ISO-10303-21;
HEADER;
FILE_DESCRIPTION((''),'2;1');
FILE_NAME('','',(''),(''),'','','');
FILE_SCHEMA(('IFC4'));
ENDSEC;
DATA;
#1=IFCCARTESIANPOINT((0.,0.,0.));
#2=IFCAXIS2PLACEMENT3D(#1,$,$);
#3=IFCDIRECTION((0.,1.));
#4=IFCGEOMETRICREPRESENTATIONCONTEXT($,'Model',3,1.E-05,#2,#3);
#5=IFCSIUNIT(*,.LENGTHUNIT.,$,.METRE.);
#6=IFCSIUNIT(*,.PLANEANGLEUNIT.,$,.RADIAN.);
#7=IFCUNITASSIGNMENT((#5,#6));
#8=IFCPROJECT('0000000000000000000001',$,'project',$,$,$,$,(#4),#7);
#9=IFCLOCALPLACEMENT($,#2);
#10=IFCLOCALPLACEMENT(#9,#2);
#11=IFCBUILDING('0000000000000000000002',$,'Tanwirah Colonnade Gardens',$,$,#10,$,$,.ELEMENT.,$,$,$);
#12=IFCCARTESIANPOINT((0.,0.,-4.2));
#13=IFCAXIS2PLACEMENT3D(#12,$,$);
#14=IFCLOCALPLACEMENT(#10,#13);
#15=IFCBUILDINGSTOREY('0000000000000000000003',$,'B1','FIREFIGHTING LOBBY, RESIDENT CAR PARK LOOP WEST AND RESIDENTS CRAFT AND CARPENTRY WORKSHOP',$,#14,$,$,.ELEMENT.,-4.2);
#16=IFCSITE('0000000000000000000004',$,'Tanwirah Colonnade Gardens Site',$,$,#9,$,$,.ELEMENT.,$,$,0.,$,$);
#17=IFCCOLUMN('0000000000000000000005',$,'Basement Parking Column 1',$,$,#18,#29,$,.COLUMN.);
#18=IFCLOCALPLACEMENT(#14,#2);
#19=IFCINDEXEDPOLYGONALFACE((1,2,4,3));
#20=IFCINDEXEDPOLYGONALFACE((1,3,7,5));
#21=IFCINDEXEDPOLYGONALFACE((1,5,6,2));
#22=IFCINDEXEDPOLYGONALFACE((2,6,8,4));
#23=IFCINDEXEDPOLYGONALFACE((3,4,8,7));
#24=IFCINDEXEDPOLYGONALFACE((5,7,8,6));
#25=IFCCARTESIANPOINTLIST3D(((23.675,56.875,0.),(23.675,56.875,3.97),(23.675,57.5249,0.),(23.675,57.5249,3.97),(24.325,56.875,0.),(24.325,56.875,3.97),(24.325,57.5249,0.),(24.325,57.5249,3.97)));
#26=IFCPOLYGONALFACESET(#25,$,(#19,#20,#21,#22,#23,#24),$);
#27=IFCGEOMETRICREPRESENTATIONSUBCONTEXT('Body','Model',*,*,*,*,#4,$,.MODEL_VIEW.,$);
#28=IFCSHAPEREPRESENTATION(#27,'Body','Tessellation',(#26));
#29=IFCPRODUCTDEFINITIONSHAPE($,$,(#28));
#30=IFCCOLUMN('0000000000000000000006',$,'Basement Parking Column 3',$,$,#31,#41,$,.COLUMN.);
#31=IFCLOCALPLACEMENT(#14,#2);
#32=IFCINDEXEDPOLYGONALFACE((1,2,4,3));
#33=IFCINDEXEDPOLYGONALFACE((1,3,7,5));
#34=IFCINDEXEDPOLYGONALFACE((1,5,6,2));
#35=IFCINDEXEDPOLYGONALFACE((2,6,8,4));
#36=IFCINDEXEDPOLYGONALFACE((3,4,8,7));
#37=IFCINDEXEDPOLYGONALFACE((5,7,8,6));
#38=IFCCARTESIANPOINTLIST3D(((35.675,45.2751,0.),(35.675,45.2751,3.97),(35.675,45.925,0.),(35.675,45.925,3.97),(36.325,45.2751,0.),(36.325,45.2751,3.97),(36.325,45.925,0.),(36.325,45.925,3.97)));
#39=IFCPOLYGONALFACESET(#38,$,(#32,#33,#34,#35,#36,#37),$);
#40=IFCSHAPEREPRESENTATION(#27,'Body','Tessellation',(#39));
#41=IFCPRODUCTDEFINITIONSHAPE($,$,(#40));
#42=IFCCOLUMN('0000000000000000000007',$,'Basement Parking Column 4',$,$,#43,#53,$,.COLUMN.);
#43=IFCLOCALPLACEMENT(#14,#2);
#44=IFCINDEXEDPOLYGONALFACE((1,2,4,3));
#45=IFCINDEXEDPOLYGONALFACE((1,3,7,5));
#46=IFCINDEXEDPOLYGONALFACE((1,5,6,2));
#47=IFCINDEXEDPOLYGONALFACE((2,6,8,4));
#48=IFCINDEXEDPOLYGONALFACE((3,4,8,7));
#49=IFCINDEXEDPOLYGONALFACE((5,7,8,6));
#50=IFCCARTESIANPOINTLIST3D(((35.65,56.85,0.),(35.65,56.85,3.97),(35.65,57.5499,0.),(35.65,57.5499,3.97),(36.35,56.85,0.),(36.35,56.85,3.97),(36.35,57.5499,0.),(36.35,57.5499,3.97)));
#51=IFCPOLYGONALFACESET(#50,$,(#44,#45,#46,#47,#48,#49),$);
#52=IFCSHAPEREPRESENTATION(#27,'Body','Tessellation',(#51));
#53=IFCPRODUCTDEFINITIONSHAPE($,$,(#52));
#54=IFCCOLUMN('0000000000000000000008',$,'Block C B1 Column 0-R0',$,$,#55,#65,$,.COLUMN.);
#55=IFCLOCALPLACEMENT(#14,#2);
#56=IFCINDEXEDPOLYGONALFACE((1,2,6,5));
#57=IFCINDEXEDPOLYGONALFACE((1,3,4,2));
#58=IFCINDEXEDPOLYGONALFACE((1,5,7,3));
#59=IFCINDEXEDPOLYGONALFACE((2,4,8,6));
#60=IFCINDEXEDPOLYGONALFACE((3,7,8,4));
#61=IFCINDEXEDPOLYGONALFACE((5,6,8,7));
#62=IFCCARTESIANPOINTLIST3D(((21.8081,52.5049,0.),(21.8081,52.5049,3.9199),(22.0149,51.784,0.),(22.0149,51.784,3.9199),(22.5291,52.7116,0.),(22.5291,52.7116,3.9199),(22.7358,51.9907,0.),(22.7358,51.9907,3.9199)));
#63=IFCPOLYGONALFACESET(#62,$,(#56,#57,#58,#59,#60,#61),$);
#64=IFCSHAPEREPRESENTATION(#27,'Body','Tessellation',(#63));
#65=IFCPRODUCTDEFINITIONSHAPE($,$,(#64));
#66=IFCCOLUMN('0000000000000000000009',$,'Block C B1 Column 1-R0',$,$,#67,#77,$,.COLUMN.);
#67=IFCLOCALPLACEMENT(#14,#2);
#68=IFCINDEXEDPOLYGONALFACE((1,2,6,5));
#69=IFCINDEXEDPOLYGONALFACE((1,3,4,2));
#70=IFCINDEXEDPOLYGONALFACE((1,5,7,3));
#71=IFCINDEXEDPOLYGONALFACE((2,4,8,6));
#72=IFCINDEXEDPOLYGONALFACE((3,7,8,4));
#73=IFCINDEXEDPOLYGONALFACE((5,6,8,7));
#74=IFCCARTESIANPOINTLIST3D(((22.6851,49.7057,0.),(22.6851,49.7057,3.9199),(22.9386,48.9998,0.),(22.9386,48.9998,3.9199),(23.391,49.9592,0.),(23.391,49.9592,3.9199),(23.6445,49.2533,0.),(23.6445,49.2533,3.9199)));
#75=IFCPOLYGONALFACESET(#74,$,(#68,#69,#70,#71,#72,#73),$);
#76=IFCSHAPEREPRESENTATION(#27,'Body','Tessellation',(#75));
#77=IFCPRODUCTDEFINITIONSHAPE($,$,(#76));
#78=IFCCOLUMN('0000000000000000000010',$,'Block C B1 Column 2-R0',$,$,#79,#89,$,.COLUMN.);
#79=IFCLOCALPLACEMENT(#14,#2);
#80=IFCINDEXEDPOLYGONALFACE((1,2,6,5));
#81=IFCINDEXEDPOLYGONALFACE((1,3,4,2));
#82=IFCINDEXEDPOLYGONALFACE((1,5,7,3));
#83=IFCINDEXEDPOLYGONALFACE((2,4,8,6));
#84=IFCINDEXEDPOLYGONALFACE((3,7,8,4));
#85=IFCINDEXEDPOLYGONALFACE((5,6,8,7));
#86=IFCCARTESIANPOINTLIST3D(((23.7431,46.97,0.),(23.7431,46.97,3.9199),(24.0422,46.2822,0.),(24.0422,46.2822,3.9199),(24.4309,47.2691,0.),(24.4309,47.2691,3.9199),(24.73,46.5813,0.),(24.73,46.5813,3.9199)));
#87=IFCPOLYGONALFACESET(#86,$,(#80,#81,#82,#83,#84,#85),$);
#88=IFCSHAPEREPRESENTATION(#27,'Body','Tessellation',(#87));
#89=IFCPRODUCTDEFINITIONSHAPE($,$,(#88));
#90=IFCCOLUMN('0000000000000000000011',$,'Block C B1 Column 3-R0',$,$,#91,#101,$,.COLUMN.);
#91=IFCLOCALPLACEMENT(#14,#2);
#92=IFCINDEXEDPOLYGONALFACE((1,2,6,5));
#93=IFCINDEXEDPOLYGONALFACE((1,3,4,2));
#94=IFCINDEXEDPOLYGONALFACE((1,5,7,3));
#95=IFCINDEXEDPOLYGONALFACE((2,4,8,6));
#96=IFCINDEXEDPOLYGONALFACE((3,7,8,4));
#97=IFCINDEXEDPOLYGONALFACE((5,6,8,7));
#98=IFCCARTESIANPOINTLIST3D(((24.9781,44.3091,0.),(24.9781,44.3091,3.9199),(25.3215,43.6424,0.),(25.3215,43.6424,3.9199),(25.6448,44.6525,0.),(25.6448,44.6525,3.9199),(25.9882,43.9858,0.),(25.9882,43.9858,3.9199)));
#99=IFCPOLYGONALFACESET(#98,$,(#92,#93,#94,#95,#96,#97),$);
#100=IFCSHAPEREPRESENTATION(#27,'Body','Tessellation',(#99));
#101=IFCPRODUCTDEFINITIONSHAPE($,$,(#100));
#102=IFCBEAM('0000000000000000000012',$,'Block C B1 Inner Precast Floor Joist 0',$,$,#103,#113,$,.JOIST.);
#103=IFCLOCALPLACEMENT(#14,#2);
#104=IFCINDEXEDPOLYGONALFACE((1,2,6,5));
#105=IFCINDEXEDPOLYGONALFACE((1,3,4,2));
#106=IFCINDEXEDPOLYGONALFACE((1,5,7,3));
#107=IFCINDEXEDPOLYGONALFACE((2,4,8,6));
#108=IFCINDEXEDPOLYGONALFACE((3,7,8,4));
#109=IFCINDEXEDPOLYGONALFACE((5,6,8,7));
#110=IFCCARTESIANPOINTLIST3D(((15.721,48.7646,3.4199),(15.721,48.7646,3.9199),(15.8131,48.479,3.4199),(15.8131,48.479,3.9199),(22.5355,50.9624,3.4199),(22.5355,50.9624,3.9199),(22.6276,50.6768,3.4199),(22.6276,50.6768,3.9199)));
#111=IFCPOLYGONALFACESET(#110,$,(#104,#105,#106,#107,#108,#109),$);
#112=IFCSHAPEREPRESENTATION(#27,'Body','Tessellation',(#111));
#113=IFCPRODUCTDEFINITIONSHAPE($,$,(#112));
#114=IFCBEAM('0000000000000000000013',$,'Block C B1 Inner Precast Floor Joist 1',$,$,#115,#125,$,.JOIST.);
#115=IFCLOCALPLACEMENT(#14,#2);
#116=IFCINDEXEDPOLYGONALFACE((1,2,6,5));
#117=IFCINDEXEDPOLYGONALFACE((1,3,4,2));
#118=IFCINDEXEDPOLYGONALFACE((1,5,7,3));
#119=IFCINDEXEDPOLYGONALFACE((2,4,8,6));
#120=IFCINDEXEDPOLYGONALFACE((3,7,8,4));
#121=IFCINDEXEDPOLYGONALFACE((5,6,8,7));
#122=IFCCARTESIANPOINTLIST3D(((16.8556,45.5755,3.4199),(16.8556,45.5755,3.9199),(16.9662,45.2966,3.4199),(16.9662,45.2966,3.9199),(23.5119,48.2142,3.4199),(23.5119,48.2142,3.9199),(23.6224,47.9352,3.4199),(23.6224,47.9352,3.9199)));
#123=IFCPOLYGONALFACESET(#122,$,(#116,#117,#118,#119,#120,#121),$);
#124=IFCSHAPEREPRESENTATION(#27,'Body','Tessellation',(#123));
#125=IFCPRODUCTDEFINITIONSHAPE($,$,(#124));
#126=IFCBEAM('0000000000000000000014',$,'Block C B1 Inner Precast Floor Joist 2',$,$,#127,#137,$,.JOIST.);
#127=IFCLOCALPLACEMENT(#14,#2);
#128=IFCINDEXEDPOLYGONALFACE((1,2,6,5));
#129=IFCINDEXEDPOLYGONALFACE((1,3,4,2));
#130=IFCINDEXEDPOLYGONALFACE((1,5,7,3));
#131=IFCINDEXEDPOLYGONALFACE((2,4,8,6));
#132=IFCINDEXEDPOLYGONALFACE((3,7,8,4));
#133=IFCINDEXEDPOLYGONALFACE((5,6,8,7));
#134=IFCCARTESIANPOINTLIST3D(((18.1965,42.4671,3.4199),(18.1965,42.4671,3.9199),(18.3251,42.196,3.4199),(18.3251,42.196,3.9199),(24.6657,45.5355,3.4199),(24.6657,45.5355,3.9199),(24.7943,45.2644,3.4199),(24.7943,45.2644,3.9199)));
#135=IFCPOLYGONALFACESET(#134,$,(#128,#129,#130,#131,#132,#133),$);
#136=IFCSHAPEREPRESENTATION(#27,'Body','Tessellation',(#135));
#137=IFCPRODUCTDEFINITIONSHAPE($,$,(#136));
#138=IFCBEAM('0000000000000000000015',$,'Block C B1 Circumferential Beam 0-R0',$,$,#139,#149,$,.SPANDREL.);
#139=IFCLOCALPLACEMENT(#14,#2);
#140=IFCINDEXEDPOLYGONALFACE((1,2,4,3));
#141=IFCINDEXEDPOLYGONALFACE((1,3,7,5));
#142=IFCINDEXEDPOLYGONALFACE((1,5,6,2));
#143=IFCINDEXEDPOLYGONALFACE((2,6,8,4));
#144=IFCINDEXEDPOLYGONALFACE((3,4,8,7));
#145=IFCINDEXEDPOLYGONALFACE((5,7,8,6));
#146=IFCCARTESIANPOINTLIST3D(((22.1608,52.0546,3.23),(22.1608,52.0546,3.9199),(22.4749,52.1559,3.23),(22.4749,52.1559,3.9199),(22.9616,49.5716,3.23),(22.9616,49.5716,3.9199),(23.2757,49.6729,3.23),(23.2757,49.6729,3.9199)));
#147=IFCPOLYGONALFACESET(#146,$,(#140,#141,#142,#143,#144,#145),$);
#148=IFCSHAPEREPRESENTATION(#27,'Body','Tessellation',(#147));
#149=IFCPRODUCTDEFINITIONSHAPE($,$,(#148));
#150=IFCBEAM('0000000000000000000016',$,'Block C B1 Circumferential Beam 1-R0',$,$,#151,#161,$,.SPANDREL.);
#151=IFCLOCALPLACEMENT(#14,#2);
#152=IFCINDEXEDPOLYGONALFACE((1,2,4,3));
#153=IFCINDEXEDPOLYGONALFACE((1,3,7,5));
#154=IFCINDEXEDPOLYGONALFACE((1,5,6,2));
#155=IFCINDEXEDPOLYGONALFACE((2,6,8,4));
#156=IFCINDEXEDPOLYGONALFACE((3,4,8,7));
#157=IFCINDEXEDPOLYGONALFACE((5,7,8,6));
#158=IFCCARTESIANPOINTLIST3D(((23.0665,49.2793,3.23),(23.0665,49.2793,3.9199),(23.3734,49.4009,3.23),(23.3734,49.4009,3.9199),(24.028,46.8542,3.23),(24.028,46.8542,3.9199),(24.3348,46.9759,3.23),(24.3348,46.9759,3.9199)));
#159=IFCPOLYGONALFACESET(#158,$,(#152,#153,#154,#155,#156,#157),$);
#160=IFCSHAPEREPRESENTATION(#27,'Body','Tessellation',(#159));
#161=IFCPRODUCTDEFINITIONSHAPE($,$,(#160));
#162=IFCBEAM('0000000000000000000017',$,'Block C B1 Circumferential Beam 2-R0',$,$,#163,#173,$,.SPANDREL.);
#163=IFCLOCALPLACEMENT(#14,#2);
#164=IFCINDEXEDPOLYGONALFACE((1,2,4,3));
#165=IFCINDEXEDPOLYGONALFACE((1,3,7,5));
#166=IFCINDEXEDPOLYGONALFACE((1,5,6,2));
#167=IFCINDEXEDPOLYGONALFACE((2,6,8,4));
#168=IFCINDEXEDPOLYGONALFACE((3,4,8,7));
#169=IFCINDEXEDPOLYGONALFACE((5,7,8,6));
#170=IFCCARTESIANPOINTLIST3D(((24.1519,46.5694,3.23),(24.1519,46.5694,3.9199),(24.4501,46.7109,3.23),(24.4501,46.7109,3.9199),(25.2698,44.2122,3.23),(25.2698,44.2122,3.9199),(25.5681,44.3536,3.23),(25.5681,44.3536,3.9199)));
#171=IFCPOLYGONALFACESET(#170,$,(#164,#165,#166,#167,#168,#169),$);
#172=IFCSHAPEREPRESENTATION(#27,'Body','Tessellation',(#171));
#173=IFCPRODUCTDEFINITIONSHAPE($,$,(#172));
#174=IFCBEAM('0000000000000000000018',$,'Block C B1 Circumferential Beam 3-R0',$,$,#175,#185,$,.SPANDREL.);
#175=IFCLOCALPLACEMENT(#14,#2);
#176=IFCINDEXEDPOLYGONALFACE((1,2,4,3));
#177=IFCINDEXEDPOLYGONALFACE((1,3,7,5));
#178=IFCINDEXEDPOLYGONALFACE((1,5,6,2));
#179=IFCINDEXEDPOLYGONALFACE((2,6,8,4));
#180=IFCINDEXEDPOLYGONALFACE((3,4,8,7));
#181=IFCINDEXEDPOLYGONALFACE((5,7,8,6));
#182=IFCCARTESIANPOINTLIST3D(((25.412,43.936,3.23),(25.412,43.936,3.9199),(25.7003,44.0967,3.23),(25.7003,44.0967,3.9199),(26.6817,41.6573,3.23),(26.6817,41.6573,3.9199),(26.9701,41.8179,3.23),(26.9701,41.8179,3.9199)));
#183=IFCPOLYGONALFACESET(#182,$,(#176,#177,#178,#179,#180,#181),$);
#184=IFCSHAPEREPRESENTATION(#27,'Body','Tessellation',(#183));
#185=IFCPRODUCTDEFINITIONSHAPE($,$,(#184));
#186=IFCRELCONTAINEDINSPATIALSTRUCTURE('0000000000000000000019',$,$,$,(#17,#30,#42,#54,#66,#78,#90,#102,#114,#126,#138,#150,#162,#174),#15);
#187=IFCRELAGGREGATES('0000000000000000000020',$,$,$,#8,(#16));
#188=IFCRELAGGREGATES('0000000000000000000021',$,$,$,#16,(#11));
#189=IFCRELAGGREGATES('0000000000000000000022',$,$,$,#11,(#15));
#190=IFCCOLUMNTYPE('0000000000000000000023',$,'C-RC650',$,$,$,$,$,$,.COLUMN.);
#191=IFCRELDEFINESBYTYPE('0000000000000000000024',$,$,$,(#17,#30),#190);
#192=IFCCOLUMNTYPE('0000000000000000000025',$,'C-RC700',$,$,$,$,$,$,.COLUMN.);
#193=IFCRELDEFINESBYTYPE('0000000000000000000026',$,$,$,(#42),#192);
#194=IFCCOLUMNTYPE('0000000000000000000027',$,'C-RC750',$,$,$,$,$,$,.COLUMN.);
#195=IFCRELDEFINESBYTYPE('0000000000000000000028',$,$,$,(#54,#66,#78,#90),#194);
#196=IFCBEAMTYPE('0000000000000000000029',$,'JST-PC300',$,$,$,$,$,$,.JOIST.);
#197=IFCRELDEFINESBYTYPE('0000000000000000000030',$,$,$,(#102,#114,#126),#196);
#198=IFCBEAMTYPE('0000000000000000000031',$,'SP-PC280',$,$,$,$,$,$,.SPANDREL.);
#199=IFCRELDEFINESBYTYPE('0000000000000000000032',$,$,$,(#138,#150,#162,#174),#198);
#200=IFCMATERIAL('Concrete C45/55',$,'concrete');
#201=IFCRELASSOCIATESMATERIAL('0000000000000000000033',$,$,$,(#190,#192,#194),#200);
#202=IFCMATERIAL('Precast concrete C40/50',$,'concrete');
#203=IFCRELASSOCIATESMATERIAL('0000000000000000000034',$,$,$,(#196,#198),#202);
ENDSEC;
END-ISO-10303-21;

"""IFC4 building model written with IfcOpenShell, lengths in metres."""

from ifc_helpers import new_model, si_unit, direction, frame, origin, origin_2d, place, context, subcontext, project, spatial, rectangle, extrude, material, material_profile, profile_set, type_object, element, save


model = new_model("IFC4")

# Units and contexts
model_context = context("Model", 3, precision=1e-05, world=origin(), true_north=direction((0.0, 1.0)))
body_context = subcontext(model_context, "Body", "Model", "MODEL_VIEW")
ifc_project = project(units=[si_unit("LENGTHUNIT", "METRE"), si_unit("PLANEANGLEUNIT", "RADIAN")], contexts=[model_context])

# Site, building, storey
site_placement = place(None, origin())
site = spatial("IfcSite", under=ifc_project, at=site_placement, Name="Tanwirah Colonnade Gardens Site", CompositionType="ELEMENT", RefElevation=0.0)
building_placement = place(site_placement, origin())
building = spatial("IfcBuilding", under=site, at=building_placement, Name="Tanwirah Colonnade Gardens", CompositionType="ELEMENT")
storey_placement = place(building_placement, frame((0.0, 0.0, -4.2)))
storey = spatial("IfcBuildingStorey", under=building, at=storey_placement, Name="B1", Description="FIREFIGHTING LOBBY, RESIDENT CAR PARK LOOP WEST AND RESIDENTS CRAFT AND CARPENTRY WORKSHOP", CompositionType="ELEMENT", Elevation=-4.2)

# Shared definitions
ifc_material_1 = material(Name="Concrete C45/55", Category="concrete")

# Columns
ifc_material_profile_1 = material_profile(ifc_material_1, rectangle(XDim=0.6499, YDim=0.6499, at=origin_2d()), Name="RC-COL 650x650")
ifc_profile_set_1 = profile_set([ifc_material_profile_1], Name="Concrete C45/55")
column_type_1 = type_object("IfcColumnType", Name="C-RC650", PredefinedType="COLUMN", material=ifc_profile_set_1)
for number, where, z_axis, x_axis, name in (
    (1, (24.0, 57.2, 0.0), (0.0, 0.0, 1.0), (1.0, 0.0, 0.0), "Basement Parking Column 1"),
    (2, (36.0, 45.6001, 0.0), (0.0, 0.0, 1.0), (1.0, 0.0, 0.0), "Basement Parking Column 3"),
):
    element("IfcColumn", number, at=place(storey_placement, frame(where, z_axis=z_axis, x_axis=x_axis)), inside=storey, type_object=column_type_1, Name=name, PredefinedType="COLUMN", context=body_context, shape_type="SweptSolid", body=[
        extrude(rectangle(XDim=0.6499, YDim=0.6499, at=origin_2d()), origin(), (0.0, 0.0, 1.0), 3.97),
    ])
ifc_material_profile_2 = material_profile(ifc_material_1, rectangle(XDim=0.7, YDim=0.7, at=origin_2d()), Name="RC-COL 700x700")
ifc_profile_set_2 = profile_set([ifc_material_profile_2], Name="Concrete C45/55")
column_type_2 = type_object("IfcColumnType", Name="C-RC700", PredefinedType="COLUMN", material=ifc_profile_set_2)
column_placement = place(storey_placement, frame((36.0, 57.2, 0.0), z_axis=(0.0, 0.0, 1.0), x_axis=(1.0, 0.0, 0.0)))
element("IfcColumn", 3, at=column_placement, inside=storey, type_object=column_type_2, Name="Basement Parking Column 4", PredefinedType="COLUMN", context=body_context, shape_type="SweptSolid", body=[
    extrude(rectangle(XDim=0.7, YDim=0.7, at=origin_2d()), origin(), (0.0, 0.0, 1.0), 3.97),
])
ifc_material_profile_3 = material_profile(ifc_material_1, rectangle(XDim=0.75, YDim=0.75, at=origin_2d()), Name="RC-COL 750x750")
ifc_profile_set_3 = profile_set([ifc_material_profile_3], Name="Concrete C45/55")
column_type_3 = type_object("IfcColumnType", Name="C-RC750", PredefinedType="COLUMN", material=ifc_profile_set_3)
for number, where, z_axis, x_axis, name in (
    (4, (22.272, 52.2478, 0.0), (0.0, 0.0, 1.0), (-0.961262, -0.275637, 0.0), "Block C B1 Column 0-R0"),
    (5, (23.1648, 49.4795, 0.0), (0.0, 0.0, 1.0), (-0.941176, -0.337917, 0.0), "Block C B1 Column 1-R0"),
    (6, (24.2366, 46.7756, 0.0), (0.0, 0.0, 1.0), (-0.91706, -0.398749, 0.0), "Block C B1 Column 2-R0"),
    (7, (25.4832, 44.1475, 0.0), (0.0, 0.0, 1.0), (-0.889017, -0.457874, 0.0), "Block C B1 Column 3-R0"),
):
    element("IfcColumn", number, at=place(storey_placement, frame(where, z_axis=z_axis, x_axis=x_axis)), inside=storey, type_object=column_type_3, Name=name, PredefinedType="COLUMN", context=body_context, shape_type="SweptSolid", body=[
        extrude(rectangle(XDim=0.75, YDim=0.75, at=origin_2d()), origin(), (0.0, 0.0, 1.0), 3.9199),
    ])

# Beams
ifc_material_2 = material(Name="Precast concrete C40/50", Category="concrete")
ifc_material_profile_4 = material_profile(ifc_material_2, rectangle(XDim=0.3, YDim=0.5, at=origin_2d()), Name="PC-JST 300x500")
ifc_profile_set_4 = profile_set([ifc_material_profile_4], Name="Precast concrete C40/50")
beam_type_1 = type_object("IfcBeamType", Name="JST-PC300", PredefinedType="JOIST", material=ifc_profile_set_4)
for number, where, z_axis, x_axis, name in (
    (8, (22.5815, 50.8196, 3.6699), (-0.951727, -0.306945, 0.0), (0.306945, -0.951727, 0.0), "Block C B1 Inner Precast Floor Joist 0"),
    (9, (23.5671, 48.0747, 3.6699), (-0.92962, -0.36852, 0.0), (0.36852, -0.92962, 0.0), "Block C B1 Inner Precast Floor Joist 1"),
):
    element("IfcBeam", number, at=place(storey_placement, frame(where, z_axis=z_axis, x_axis=x_axis)), inside=storey, type_object=beam_type_1, Name=name, PredefinedType="JOIST", context=body_context, shape_type="SweptSolid", body=[
        extrude(rectangle(XDim=0.3, YDim=0.5, at=origin_2d()), origin(), (0.0, 0.0, 1.0), 7.1602),
    ])
beam_1_placement = place(storey_placement, frame((24.73, 45.3999, 3.6699), z_axis=(-0.903522, -0.428541, 0.0), x_axis=(0.428541, -0.903522, 0.0)))
element("IfcBeam", 10, at=beam_1_placement, inside=storey, type_object=beam_type_1, Name="Block C B1 Inner Precast Floor Joist 2", PredefinedType="JOIST", context=body_context, shape_type="SweptSolid", body=[
    extrude(rectangle(XDim=0.3, YDim=0.5, at=origin_2d()), origin(), (0.0, 0.0, 1.0), 7.1599),
])
ifc_material_profile_5 = material_profile(ifc_material_2, rectangle(XDim=0.3301, YDim=0.6899, at=origin_2d()), Name="PC-SP 330x690")
ifc_profile_set_5 = profile_set([ifc_material_profile_5], Name="Precast concrete C40/50")
beam_type_2 = type_object("IfcBeamType", Name="SP-PC280", PredefinedType="SPANDREL", material=ifc_profile_set_5)
beam_2_placement = place(storey_placement, frame((22.3179, 52.1052, 3.575), z_axis=(0.306948, -0.951726, 0.0), x_axis=(0.951726, 0.306948, 0.0)))
element("IfcBeam", 11, at=beam_2_placement, inside=storey, type_object=beam_type_2, Name="Block C B1 Circumferential Beam 0-R0", PredefinedType="SPANDREL", context=body_context, shape_type="SweptSolid", body=[
    extrude(rectangle(XDim=0.3301, YDim=0.6899, at=origin_2d()), origin(), (0.0, 0.0, 1.0), 2.6089),
])
beam_3_placement = place(storey_placement, frame((23.22, 49.3401, 3.575), z_axis=(0.368549, -0.929608, 0.0), x_axis=(0.929608, 0.368549, 0.0)))
element("IfcBeam", 12, at=beam_3_placement, inside=storey, type_object=beam_type_2, Name="Block C B1 Circumferential Beam 1-R0", PredefinedType="SPANDREL", context=body_context, shape_type="SweptSolid", body=[
    extrude(rectangle(XDim=0.3301, YDim=0.6899, at=origin_2d()), origin(), (0.0, 0.0, 1.0), 2.6086),
])
beam_4_placement = place(storey_placement, frame((24.301, 46.6401, 3.575), z_axis=(0.428513, -0.903536, 0.0), x_axis=(0.903536, 0.428513, 0.0)))
element("IfcBeam", 13, at=beam_4_placement, inside=storey, type_object=beam_type_2, Name="Block C B1 Circumferential Beam 2-R0", PredefinedType="SPANDREL", context=body_context, shape_type="SweptSolid", body=[
    extrude(rectangle(XDim=0.3301, YDim=0.6899, at=origin_2d()), origin(), (0.0, 0.0, 1.0), 2.6089),
])
beam_5_placement = place(storey_placement, frame((25.5562, 44.0164, 3.575), z_axis=(0.486747, -0.873543, 0.0), x_axis=(0.873543, 0.486747, 0.0)))
element("IfcBeam", 14, at=beam_5_placement, inside=storey, type_object=beam_type_2, Name="Block C B1 Circumferential Beam 3-R0", PredefinedType="SPANDREL", context=body_context, shape_type="SweptSolid", body=[
    extrude(rectangle(XDim=0.3301, YDim=0.6899, at=origin_2d()), origin(), (0.0, 0.0, 1.0), 2.6086),
])

save(model, "model.ifc")
